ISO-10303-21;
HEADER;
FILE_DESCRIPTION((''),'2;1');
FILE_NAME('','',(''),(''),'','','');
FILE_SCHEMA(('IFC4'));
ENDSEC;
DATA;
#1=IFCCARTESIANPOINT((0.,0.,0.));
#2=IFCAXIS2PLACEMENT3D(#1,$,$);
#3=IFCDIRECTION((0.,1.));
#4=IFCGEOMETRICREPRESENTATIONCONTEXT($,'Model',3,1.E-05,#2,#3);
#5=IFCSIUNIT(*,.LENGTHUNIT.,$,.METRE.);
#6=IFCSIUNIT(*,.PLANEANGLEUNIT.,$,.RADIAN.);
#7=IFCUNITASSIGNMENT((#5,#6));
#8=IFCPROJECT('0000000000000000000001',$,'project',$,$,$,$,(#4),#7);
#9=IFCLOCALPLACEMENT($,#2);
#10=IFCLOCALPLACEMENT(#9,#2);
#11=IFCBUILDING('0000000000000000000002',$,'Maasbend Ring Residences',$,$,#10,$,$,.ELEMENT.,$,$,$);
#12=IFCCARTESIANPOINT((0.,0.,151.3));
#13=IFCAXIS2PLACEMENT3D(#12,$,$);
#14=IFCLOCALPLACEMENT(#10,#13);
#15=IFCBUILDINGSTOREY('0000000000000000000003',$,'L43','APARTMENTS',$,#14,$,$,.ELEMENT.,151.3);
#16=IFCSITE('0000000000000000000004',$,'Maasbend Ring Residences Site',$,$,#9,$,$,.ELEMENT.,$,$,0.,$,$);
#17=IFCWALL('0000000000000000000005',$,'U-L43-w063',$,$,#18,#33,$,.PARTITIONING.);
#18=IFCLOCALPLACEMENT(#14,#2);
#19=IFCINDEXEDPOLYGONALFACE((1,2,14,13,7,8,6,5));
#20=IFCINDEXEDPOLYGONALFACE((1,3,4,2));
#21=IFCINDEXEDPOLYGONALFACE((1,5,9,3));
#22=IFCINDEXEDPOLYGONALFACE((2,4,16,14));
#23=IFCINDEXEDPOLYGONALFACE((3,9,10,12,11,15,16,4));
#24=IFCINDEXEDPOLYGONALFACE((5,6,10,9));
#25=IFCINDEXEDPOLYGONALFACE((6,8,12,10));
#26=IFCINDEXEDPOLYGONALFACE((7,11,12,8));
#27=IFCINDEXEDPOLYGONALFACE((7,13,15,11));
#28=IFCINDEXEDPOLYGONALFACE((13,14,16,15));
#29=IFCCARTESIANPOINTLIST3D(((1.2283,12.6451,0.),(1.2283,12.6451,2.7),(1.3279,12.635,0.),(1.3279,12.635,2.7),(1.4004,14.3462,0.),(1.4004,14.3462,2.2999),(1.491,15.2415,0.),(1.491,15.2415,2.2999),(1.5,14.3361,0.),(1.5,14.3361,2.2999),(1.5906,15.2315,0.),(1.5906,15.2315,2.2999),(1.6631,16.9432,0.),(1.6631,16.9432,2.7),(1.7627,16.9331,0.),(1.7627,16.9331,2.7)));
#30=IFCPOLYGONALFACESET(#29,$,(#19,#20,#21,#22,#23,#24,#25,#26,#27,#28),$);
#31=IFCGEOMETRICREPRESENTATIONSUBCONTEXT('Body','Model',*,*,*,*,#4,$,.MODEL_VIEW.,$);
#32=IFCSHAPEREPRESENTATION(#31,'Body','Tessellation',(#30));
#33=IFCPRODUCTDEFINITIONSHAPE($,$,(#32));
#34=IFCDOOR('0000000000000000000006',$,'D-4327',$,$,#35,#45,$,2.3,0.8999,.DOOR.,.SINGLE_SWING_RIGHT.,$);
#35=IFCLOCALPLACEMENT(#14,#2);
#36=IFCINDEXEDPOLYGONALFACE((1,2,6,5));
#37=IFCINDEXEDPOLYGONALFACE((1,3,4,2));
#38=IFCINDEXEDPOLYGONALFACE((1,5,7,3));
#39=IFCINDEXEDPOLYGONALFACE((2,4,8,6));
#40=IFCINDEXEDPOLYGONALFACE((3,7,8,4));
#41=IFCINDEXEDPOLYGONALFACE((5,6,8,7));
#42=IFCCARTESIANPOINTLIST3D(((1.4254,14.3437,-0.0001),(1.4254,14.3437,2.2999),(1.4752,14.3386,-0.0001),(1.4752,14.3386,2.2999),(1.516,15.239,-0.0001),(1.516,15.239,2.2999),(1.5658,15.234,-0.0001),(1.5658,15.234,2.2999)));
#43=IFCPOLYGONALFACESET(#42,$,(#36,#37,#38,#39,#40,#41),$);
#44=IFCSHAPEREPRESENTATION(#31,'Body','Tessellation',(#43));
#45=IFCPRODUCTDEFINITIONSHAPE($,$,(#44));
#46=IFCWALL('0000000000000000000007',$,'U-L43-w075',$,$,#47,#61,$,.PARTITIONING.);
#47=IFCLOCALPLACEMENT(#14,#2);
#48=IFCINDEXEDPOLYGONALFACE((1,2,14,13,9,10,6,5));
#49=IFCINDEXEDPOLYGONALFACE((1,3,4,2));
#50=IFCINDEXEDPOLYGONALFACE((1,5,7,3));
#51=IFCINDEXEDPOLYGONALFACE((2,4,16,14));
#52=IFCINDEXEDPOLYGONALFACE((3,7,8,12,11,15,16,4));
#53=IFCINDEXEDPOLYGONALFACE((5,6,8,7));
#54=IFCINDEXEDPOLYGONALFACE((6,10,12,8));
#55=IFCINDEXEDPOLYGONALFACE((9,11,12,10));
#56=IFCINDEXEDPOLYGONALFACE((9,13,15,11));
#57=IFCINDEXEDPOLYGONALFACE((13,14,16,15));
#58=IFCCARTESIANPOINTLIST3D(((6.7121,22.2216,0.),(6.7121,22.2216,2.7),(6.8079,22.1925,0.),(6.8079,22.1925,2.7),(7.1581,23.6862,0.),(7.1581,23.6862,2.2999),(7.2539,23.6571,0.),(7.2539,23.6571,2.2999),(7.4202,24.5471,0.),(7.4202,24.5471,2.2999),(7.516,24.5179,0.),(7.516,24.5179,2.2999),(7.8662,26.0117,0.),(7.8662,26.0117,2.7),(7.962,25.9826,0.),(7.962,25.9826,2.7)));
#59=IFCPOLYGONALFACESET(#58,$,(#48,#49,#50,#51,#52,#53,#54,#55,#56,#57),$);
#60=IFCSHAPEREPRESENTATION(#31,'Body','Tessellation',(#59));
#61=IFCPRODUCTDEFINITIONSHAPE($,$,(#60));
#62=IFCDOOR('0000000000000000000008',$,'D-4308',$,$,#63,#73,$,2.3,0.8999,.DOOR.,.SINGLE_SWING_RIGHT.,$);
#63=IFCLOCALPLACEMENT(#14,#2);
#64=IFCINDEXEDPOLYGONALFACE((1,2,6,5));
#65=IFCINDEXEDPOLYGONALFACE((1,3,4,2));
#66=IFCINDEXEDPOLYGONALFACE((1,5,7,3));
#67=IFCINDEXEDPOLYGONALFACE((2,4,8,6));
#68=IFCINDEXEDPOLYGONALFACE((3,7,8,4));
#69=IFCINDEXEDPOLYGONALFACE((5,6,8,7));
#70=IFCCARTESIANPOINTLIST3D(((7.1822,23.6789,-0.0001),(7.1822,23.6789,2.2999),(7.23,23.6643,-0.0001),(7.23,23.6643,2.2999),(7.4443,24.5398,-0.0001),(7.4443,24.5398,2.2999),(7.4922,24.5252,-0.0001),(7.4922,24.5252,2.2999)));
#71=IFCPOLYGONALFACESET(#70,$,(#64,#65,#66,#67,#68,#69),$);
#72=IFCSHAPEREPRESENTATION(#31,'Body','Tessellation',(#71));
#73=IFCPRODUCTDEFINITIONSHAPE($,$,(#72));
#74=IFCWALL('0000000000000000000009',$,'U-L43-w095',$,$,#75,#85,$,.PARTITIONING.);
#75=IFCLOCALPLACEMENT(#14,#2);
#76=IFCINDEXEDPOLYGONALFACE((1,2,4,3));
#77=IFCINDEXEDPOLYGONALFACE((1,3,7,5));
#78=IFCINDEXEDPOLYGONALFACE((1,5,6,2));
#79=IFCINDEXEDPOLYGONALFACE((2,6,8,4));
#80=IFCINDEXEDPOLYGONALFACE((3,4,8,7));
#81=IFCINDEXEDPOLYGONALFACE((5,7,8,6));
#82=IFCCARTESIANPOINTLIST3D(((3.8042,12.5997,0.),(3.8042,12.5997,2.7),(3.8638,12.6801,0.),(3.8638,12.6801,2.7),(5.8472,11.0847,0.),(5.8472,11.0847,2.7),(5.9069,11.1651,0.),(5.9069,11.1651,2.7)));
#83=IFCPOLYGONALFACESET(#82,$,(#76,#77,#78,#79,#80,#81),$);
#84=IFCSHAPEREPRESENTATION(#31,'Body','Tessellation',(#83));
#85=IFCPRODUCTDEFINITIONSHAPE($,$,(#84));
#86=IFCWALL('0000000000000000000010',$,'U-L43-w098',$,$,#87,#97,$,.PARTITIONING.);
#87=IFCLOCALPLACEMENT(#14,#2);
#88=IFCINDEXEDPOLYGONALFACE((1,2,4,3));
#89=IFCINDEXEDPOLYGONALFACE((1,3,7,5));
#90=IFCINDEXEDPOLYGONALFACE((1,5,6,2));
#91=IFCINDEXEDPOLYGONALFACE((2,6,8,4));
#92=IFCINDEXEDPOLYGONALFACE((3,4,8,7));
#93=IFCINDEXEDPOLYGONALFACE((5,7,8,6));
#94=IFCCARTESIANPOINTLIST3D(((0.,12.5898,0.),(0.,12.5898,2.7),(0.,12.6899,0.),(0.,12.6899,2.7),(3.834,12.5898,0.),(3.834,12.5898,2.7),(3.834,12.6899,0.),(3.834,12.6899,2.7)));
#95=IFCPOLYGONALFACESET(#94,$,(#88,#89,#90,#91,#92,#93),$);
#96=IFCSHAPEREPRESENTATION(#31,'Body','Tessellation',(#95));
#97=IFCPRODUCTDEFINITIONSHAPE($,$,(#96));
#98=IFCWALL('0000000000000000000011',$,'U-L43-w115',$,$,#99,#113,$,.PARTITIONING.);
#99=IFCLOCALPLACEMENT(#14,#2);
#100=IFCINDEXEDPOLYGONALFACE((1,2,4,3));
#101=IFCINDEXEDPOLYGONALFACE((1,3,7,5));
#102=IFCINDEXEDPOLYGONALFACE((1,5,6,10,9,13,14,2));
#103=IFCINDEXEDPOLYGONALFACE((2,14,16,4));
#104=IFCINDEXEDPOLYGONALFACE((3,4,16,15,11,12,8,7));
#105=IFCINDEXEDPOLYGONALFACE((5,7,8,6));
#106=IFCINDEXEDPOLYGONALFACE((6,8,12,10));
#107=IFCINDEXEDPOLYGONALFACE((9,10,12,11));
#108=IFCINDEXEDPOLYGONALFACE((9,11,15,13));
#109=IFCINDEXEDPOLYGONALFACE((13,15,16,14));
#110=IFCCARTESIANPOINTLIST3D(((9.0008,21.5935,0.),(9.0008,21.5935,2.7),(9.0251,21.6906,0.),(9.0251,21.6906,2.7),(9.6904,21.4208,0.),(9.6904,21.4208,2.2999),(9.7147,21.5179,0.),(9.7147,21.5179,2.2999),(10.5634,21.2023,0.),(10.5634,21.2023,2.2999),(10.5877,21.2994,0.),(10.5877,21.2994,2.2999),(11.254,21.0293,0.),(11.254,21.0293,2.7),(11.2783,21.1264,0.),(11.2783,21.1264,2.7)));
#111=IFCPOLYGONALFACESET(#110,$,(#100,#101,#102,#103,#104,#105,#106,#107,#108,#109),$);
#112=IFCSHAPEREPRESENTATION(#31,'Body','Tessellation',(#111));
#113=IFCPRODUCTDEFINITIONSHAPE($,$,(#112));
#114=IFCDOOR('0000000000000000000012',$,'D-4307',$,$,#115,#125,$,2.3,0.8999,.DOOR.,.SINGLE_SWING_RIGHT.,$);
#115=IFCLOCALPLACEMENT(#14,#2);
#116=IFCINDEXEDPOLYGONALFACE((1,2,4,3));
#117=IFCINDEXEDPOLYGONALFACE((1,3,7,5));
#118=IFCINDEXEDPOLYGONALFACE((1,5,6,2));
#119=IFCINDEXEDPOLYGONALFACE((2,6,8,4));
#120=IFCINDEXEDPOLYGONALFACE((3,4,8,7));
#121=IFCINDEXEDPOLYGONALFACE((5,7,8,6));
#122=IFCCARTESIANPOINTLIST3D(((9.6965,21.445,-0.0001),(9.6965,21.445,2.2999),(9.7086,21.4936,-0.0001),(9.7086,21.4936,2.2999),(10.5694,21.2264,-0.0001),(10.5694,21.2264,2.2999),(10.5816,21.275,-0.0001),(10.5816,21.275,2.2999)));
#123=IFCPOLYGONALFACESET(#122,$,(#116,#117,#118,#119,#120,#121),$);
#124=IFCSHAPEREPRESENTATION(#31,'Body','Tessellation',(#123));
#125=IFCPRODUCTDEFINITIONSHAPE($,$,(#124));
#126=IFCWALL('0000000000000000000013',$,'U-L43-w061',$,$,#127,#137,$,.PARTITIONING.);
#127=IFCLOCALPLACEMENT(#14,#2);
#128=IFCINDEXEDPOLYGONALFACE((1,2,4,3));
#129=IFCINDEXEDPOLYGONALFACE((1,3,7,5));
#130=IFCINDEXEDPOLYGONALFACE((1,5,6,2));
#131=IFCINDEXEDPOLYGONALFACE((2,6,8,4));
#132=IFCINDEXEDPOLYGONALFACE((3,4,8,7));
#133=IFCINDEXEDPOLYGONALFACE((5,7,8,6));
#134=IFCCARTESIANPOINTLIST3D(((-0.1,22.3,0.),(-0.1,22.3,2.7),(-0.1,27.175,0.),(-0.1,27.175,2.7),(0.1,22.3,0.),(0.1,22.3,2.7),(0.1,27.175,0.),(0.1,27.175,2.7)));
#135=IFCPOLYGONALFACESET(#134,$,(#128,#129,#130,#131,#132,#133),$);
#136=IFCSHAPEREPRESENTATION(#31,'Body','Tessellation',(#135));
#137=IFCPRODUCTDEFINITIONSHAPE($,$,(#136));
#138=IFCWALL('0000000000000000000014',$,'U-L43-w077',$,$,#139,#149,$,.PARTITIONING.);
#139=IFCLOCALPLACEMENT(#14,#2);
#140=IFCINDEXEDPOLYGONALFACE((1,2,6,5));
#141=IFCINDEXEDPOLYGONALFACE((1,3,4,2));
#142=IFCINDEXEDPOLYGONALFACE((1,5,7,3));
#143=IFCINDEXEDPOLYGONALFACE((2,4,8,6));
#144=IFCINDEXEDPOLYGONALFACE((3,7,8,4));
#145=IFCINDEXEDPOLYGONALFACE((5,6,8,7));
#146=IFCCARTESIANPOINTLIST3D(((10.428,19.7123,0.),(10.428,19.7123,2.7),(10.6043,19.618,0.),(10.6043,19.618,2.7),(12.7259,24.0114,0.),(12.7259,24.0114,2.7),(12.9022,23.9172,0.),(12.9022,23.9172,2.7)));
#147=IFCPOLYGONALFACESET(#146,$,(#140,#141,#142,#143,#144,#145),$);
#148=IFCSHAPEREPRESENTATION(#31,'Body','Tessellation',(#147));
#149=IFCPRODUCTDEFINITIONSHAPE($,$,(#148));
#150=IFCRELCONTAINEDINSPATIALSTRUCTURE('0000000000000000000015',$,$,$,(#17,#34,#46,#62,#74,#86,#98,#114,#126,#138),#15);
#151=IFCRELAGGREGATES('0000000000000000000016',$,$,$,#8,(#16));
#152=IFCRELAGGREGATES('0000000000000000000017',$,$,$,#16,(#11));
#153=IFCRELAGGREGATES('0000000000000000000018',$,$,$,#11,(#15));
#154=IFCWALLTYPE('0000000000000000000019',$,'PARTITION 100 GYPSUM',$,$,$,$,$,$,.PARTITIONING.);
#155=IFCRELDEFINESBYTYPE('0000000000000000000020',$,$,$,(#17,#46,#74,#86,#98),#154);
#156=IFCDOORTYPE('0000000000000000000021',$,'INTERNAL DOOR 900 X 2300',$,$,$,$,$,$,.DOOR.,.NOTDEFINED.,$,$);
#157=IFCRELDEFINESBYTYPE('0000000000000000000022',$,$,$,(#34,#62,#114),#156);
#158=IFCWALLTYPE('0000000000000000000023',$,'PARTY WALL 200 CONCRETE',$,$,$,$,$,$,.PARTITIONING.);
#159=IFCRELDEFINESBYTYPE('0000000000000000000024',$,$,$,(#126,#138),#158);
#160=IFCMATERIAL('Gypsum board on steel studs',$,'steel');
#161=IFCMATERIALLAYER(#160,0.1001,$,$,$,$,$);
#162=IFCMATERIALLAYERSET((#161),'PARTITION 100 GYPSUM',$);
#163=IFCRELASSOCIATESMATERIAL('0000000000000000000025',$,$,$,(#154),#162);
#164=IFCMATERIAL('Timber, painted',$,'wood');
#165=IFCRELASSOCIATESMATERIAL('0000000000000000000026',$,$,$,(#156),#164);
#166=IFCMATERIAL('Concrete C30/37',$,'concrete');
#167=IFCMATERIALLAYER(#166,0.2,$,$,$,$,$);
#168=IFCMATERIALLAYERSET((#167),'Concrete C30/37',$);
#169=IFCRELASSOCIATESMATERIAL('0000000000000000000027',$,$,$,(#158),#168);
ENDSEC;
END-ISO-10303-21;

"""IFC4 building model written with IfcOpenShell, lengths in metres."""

from ifc_helpers import new_model, si_unit, direction, frame, frame_2d, origin, place, context, subcontext, project, spatial, rectangle, extrude, material, layer, layer_set, type_object, element, fill, save


model = new_model("IFC4")

# Units and contexts
model_context = context("Model", 3, precision=1e-05, world=origin(), true_north=direction((0.0, 1.0)))
body_context = subcontext(model_context, "Body", "Model", "MODEL_VIEW")
ifc_project = project(units=[si_unit("LENGTHUNIT", "METRE"), si_unit("PLANEANGLEUNIT", "RADIAN")], contexts=[model_context])

# Site, building, storey
site_placement = place(None, origin())
site = spatial("IfcSite", under=ifc_project, at=site_placement, Name="Maasbend Ring Residences Site", CompositionType="ELEMENT", RefElevation=0.0)
building_placement = place(site_placement, origin())
building = spatial("IfcBuilding", under=site, at=building_placement, Name="Maasbend Ring Residences", CompositionType="ELEMENT")
storey_placement = place(building_placement, frame((0.0, 0.0, 151.3)))
storey = spatial("IfcBuildingStorey", under=building, at=storey_placement, Name="L43", Description="APARTMENTS", CompositionType="ELEMENT", Elevation=151.3)

# Shared definitions
ifc_material_1 = material(Name="Gypsum board on steel studs", Category="steel")
ifc_layer_1 = layer(ifc_material_1, 0.1001)
ifc_layer_set_1 = layer_set([ifc_layer_1], Name="PARTITION 100 GYPSUM")
wall_type_1 = type_object("IfcWallType", Name="PARTITION 100 GYPSUM", PredefinedType="PARTITIONING", material=ifc_layer_set_1)

# Walls, openings, doors
wall_1_placement = place(storey_placement, frame((1.2781, 12.6399, 0.0), z_axis=(0.0, 0.0, 1.0), x_axis=(0.100651, 0.994922, 0.0)))
wall_1 = element("IfcWall", 1, at=wall_1_placement, inside=storey, type_object=wall_type_1, Name="U-L43-w063", PredefinedType="PARTITIONING", context=body_context, shape_type="SweptSolid", body=[
    extrude(rectangle(XDim=4.3201, YDim=0.1001, at=frame_2d((2.1602, 0.0))), origin(), (0.0, 0.0, 1.0), 2.7),
])
opening_1_placement = place(wall_1_placement, frame((1.71, 0.0, 0.0)))
opening_1 = element("IfcOpeningElement", 2, at=opening_1_placement, cuts=wall_1, PredefinedType="OPENING", context=body_context, shape_type="SweptSolid", body=[
    extrude(rectangle(XDim=0.8999, YDim=2.3, at=frame_2d((0.45, 1.1499))), frame((0.0, 0.0601, 0.0), z_axis=(0.0, -1.0, 0.0), x_axis=(1.0, 0.0, 0.0)), (0.0, 0.0, 1.0), 0.1201),
])
ifc_material_2 = material(Name="Timber, painted", Category="wood")
door_type_1 = type_object("IfcDoorType", Name="INTERNAL DOOR 900 X 2300", OperationType="NOTDEFINED", PredefinedType="DOOR", material=ifc_material_2)
door_1_placement = place(opening_1_placement, origin())
door_1 = element("IfcDoor", 3, at=door_1_placement, inside=storey, type_object=door_type_1, Name="D-4327", OperationType="SINGLE_SWING_RIGHT", OverallHeight=2.3, OverallWidth=0.8999, PredefinedType="DOOR", context=body_context, shape_type="SweptSolid", body=[
    extrude(rectangle(XDim=0.8999, YDim=2.3, at=frame_2d((0.45, 1.1499))), frame((0.0, 0.0249, 0.0), z_axis=(0.0, -1.0, 0.0), x_axis=(1.0, 0.0, 0.0)), (0.0, 0.0, 1.0), 0.05),
])
fill(opening_1, door_1)
wall_2_placement = place(storey_placement, frame((6.76, 22.207, 0.0), z_axis=(0.0, 0.0, 1.0), x_axis=(0.291292, 0.956634, 0.0)))
wall_2 = element("IfcWall", 4, at=wall_2_placement, inside=storey, type_object=wall_type_1, Name="U-L43-w075", PredefinedType="PARTITIONING", context=body_context, shape_type="SweptSolid", body=[
    extrude(rectangle(XDim=3.9619, YDim=0.1001, at=frame_2d((1.981, 0.0))), origin(), (0.0, 0.0, 1.0), 2.7),
])
opening_2_placement = place(wall_2_placement, frame((1.531, 0.0, 0.0)))
opening_2 = element("IfcOpeningElement", 5, at=opening_2_placement, cuts=wall_2, PredefinedType="OPENING", context=body_context, shape_type="SweptSolid", body=[
    extrude(rectangle(XDim=0.8999, YDim=2.3, at=frame_2d((0.45, 1.1499))), frame((0.0, 0.0601, 0.0), z_axis=(0.0, -1.0, 0.0), x_axis=(1.0, 0.0, 0.0)), (0.0, 0.0, 1.0), 0.1201),
])
door_2_placement = place(opening_2_placement, origin())
door_2 = element("IfcDoor", 6, at=door_2_placement, inside=storey, type_object=door_type_1, Name="D-4308", OperationType="SINGLE_SWING_RIGHT", OverallHeight=2.3, OverallWidth=0.8999, PredefinedType="DOOR", context=body_context, shape_type="SweptSolid", body=[
    extrude(rectangle(XDim=0.8999, YDim=2.3, at=frame_2d((0.45, 1.1499))), frame((0.0, 0.0249, 0.0), z_axis=(0.0, -1.0, 0.0), x_axis=(1.0, 0.0, 0.0)), (0.0, 0.0, 1.0), 0.05),
])
fill(opening_2, door_2)

# Walls
wall_3_placement = place(storey_placement, frame((3.834, 12.6399, 0.0), z_axis=(0.0, 0.0, 1.0), x_axis=(0.80326, -0.595629, 0.0)))
element("IfcWall", 7, at=wall_3_placement, inside=storey, type_object=wall_type_1, Name="U-L43-w095", PredefinedType="PARTITIONING", context=body_context, shape_type="SweptSolid", body=[
    extrude(rectangle(XDim=2.5435, YDim=0.1001, at=frame_2d((1.2717, 0.0))), origin(), (0.0, 0.0, 1.0), 2.7),
])
wall_4_placement = place(storey_placement, frame((0.0, 12.6399, 0.0), z_axis=(0.0, 0.0, 1.0), x_axis=(1.0, 0.0, 0.0)))
element("IfcWall", 8, at=wall_4_placement, inside=storey, type_object=wall_type_1, Name="U-L43-w098", PredefinedType="PARTITIONING", context=body_context, shape_type="SweptSolid", body=[
    extrude(rectangle(XDim=3.834, YDim=0.1001, at=frame_2d((1.917, 0.0))), origin(), (0.0, 0.0, 1.0), 2.7),
])

# Wall, opening, door
wall_5_placement = place(storey_placement, frame((9.0129, 21.6421, 0.0), z_axis=(0.0, 0.0, 1.0), x_axis=(0.97005, -0.242907, 0.0)))
wall_5 = element("IfcWall", 9, at=wall_5_placement, inside=storey, type_object=wall_type_1, Name="U-L43-w115", PredefinedType="PARTITIONING", context=body_context, shape_type="SweptSolid", body=[
    extrude(rectangle(XDim=2.3228, YDim=0.1001, at=frame_2d((1.1614, 0.0))), origin(), (0.0, 0.0, 1.0), 2.7),
])
opening_3_placement = place(wall_5_placement, frame((0.7109, 0.0, 0.0)))
opening_3 = element("IfcOpeningElement", 10, at=opening_3_placement, cuts=wall_5, PredefinedType="OPENING", context=body_context, shape_type="SweptSolid", body=[
    extrude(rectangle(XDim=0.8999, YDim=2.3, at=frame_2d((0.45, 1.1499))), frame((0.0, 0.0601, 0.0), z_axis=(0.0, -1.0, 0.0), x_axis=(1.0, 0.0, 0.0)), (0.0, 0.0, 1.0), 0.1201),
])
door_3_placement = place(opening_3_placement, origin())
door_3 = element("IfcDoor", 11, at=door_3_placement, inside=storey, type_object=door_type_1, Name="D-4307", OperationType="SINGLE_SWING_RIGHT", OverallHeight=2.3, OverallWidth=0.8999, PredefinedType="DOOR", context=body_context, shape_type="SweptSolid", body=[
    extrude(rectangle(XDim=0.8999, YDim=2.3, at=frame_2d((0.45, 1.1499))), frame((0.0, 0.0249, 0.0), z_axis=(0.0, -1.0, 0.0), x_axis=(1.0, 0.0, 0.0)), (0.0, 0.0, 1.0), 0.05),
])
fill(opening_3, door_3)

# Walls
ifc_material_3 = material(Name="Concrete C30/37", Category="concrete")
ifc_layer_2 = layer(ifc_material_3, 0.2)
ifc_layer_set_2 = layer_set([ifc_layer_2], Name="Concrete C30/37")
wall_type_2 = type_object("IfcWallType", Name="PARTY WALL 200 CONCRETE", PredefinedType="PARTITIONING", material=ifc_layer_set_2)
wall_6_placement = place(storey_placement, frame((0.0, 22.3, 0.0), z_axis=(0.0, 0.0, 1.0), x_axis=(0.0, 1.0, 0.0)))
element("IfcWall", 12, at=wall_6_placement, inside=storey, type_object=wall_type_2, Name="U-L43-w061", PredefinedType="PARTITIONING", context=body_context, shape_type="SweptSolid", body=[
    extrude(rectangle(XDim=4.875, YDim=0.2, at=frame_2d((2.4375, 0.0))), origin(), (0.0, 0.0, 1.0), 2.7),
])
wall_7_placement = place(storey_placement, frame((10.5161, 19.665, 0.0), z_axis=(0.0, 0.0, 1.0), x_axis=(0.471389, 0.881926, 0.0)))
element("IfcWall", 13, at=wall_7_placement, inside=storey, type_object=wall_type_2, Name="U-L43-w077", PredefinedType="PARTITIONING", context=body_context, shape_type="SweptSolid", body=[
    extrude(rectangle(XDim=4.8748, YDim=0.2, at=frame_2d((2.4375, 0.0))), origin(), (0.0, 0.0, 1.0), 2.7),
])

save(model, "model.ifc")
